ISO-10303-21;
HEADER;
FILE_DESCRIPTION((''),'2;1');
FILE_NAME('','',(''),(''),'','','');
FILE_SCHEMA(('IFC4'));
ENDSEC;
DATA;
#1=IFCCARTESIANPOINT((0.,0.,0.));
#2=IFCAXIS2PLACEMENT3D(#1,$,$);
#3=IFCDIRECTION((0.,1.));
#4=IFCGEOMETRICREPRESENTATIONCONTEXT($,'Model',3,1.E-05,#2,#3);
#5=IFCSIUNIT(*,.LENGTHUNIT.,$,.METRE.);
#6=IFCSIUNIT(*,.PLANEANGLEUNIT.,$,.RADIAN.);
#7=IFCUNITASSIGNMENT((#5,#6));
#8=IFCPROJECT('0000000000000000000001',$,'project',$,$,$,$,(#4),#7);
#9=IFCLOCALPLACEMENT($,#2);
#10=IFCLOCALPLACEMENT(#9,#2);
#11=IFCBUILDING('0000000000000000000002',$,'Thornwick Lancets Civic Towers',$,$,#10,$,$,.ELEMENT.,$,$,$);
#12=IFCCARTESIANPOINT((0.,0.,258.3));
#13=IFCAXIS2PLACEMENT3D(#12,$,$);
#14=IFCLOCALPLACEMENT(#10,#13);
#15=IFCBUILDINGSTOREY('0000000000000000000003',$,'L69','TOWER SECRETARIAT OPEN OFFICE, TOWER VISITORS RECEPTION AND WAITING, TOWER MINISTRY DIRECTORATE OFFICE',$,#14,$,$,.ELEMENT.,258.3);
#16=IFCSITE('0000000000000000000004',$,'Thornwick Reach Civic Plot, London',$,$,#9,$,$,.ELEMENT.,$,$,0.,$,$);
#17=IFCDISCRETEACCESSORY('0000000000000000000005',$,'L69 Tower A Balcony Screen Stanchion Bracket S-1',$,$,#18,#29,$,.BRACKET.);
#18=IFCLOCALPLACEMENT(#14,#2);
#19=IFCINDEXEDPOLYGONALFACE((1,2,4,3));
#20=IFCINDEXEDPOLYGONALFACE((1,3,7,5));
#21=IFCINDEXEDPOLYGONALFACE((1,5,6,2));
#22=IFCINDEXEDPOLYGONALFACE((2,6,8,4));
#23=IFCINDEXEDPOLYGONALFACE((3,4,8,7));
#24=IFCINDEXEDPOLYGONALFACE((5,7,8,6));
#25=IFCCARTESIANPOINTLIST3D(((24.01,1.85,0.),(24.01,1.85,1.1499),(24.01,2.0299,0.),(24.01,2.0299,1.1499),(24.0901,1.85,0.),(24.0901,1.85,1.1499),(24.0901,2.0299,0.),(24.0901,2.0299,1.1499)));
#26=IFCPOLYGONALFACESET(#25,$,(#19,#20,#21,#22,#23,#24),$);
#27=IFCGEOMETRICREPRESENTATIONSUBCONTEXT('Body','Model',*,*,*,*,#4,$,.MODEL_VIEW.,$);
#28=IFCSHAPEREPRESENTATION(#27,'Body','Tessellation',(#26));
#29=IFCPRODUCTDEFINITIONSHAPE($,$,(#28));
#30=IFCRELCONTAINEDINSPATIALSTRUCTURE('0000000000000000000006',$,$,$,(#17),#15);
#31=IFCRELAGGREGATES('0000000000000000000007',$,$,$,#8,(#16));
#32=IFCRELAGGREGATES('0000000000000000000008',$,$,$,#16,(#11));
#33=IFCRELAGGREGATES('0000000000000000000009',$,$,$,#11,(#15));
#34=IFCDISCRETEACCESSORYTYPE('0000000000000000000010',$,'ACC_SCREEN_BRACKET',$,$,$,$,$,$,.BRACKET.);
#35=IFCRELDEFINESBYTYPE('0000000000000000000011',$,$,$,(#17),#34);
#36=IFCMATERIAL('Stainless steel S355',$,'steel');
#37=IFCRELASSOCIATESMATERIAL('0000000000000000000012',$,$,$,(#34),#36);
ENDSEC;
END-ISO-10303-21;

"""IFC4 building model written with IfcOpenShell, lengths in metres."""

from ifc_helpers import new_model, si_unit, direction, frame, origin, origin_2d, place, context, subcontext, project, spatial, rectangle, extrude, material, type_object, element, save


model = new_model("IFC4")

# Units and contexts
model_context = context("Model", 3, precision=1e-05, world=origin(), true_north=direction((0.0, 1.0)))
body_context = subcontext(model_context, "Body", "Model", "MODEL_VIEW")
ifc_project = project(units=[si_unit("LENGTHUNIT", "METRE"), si_unit("PLANEANGLEUNIT", "RADIAN")], contexts=[model_context])

# Site, building, storey
site_placement = place(None, origin())
site = spatial("IfcSite", under=ifc_project, at=site_placement, Name="Thornwick Reach Civic Plot, London", CompositionType="ELEMENT", RefElevation=0.0)
building_placement = place(site_placement, origin())
building = spatial("IfcBuilding", under=site, at=building_placement, Name="Thornwick Lancets Civic Towers", CompositionType="ELEMENT")
storey_placement = place(building_placement, frame((0.0, 0.0, 258.3)))
storey = spatial("IfcBuildingStorey", under=building, at=storey_placement, Name="L69", Description="TOWER SECRETARIAT OPEN OFFICE, TOWER VISITORS RECEPTION AND WAITING, TOWER MINISTRY DIRECTORATE OFFICE", CompositionType="ELEMENT", Elevation=258.3)

# Discrete accessory
ifc_material_1 = material(Name="Stainless steel S355", Category="steel")
discrete_accessory_type = type_object("IfcDiscreteAccessoryType", Name="ACC_SCREEN_BRACKET", PredefinedType="BRACKET", material=ifc_material_1)
discrete_accessory_placement = place(storey_placement, frame((24.05, 1.9399, 0.0), z_axis=(0.0, 0.0, 1.0), x_axis=(1.0, 0.0, 0.0)))
element("IfcDiscreteAccessory", 1, at=discrete_accessory_placement, inside=storey, type_object=discrete_accessory_type, Name="L69 Tower A Balcony Screen Stanchion Bracket S-1", PredefinedType="BRACKET", context=body_context, shape_type="SweptSolid", body=[
    extrude(rectangle(XDim=0.0801, YDim=0.1799, at=origin_2d()), origin(), (0.0, 0.0, 1.0), 1.1499),
])

save(model, "model.ifc")
